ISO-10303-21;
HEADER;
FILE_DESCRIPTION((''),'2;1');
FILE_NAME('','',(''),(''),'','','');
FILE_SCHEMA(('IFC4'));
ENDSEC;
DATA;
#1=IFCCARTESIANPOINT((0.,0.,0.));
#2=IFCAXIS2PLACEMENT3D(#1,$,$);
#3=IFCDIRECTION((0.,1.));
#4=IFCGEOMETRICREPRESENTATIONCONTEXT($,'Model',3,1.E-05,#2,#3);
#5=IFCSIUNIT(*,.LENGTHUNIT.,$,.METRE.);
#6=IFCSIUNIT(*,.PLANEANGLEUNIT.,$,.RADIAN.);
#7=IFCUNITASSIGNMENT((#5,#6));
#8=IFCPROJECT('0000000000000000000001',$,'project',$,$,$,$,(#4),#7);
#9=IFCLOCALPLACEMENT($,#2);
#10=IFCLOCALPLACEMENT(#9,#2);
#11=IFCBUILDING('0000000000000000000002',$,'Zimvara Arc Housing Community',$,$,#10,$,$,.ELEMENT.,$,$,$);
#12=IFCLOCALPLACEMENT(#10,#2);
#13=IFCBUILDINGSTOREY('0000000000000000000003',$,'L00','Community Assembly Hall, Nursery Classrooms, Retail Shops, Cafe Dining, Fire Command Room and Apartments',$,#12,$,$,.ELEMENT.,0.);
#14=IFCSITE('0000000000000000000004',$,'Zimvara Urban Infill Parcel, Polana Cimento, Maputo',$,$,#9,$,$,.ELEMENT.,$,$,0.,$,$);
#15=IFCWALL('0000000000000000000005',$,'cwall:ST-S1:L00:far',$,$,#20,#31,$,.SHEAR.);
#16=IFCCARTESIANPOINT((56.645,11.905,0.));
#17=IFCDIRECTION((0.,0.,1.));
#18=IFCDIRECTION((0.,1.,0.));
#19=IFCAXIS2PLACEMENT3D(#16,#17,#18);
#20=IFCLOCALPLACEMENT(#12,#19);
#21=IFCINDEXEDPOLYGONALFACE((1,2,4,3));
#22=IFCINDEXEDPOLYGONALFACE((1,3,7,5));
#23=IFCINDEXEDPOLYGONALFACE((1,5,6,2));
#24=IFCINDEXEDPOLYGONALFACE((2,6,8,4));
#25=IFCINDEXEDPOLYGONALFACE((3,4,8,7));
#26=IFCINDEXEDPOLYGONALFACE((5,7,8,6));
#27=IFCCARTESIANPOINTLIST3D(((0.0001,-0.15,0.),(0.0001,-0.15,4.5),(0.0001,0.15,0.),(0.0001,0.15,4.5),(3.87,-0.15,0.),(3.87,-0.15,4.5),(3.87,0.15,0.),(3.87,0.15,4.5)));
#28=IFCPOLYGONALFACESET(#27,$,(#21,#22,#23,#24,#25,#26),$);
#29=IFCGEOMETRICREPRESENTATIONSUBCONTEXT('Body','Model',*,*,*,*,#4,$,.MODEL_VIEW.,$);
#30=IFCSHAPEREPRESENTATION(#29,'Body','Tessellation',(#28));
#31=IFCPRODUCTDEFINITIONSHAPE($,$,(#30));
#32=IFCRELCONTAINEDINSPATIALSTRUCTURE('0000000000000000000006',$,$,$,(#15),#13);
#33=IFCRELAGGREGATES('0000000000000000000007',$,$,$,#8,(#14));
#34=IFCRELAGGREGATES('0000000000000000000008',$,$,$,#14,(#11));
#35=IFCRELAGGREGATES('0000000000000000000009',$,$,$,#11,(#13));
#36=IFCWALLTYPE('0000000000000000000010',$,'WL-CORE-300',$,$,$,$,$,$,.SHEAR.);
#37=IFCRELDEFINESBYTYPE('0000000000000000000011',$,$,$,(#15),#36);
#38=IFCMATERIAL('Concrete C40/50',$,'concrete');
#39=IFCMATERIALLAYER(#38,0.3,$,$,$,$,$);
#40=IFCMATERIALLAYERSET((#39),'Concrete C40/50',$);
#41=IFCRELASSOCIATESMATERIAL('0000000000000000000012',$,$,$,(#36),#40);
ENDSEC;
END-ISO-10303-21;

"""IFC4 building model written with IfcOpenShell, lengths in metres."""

from ifc_helpers import new_model, si_unit, direction, frame, frame_2d, origin, place, context, subcontext, project, spatial, rectangle, extrude, material, layer, layer_set, type_object, element, save


model = new_model("IFC4")

# Units and contexts
model_context = context("Model", 3, precision=1e-05, world=origin(), true_north=direction((0.0, 1.0)))
body_context = subcontext(model_context, "Body", "Model", "MODEL_VIEW")
ifc_project = project(units=[si_unit("LENGTHUNIT", "METRE"), si_unit("PLANEANGLEUNIT", "RADIAN")], contexts=[model_context])

# Site, building, storey
site_placement = place(None, origin())
site = spatial("IfcSite", under=ifc_project, at=site_placement, Name="Zimvara Urban Infill Parcel, Polana Cimento, Maputo", CompositionType="ELEMENT", RefElevation=0.0)
building_placement = place(site_placement, origin())
building = spatial("IfcBuilding", under=site, at=building_placement, Name="Zimvara Arc Housing Community", CompositionType="ELEMENT")
storey_placement = place(building_placement, origin())
storey = spatial("IfcBuildingStorey", under=building, at=storey_placement, Name="L00", Description="Community Assembly Hall, Nursery Classrooms, Retail Shops, Cafe Dining, Fire Command Room and Apartments", CompositionType="ELEMENT", Elevation=0.0)

# Wall
ifc_material_1 = material(Name="Concrete C40/50", Category="concrete")
ifc_layer_1 = layer(ifc_material_1, 0.3)
ifc_layer_set_1 = layer_set([ifc_layer_1], Name="Concrete C40/50")
wall_type_1 = type_object("IfcWallType", Name="WL-CORE-300", PredefinedType="SHEAR", material=ifc_layer_set_1)
wall_1_placement = place(storey_placement, frame((56.645, 11.905, 0.0), z_axis=(0.0, 0.0, 1.0), x_axis=(0.0, 1.0, 0.0)))
element("IfcWall", 1, at=wall_1_placement, inside=storey, type_object=wall_type_1, Name="cwall:ST-S1:L00:far", PredefinedType="SHEAR", context=body_context, shape_type="SweptSolid", body=[
    extrude(rectangle(XDim=3.8699, YDim=0.3, at=frame_2d((1.9351, 0.0))), origin(), (0.0, 0.0, 1.0), 4.5),
])

save(model, "model.ifc")
